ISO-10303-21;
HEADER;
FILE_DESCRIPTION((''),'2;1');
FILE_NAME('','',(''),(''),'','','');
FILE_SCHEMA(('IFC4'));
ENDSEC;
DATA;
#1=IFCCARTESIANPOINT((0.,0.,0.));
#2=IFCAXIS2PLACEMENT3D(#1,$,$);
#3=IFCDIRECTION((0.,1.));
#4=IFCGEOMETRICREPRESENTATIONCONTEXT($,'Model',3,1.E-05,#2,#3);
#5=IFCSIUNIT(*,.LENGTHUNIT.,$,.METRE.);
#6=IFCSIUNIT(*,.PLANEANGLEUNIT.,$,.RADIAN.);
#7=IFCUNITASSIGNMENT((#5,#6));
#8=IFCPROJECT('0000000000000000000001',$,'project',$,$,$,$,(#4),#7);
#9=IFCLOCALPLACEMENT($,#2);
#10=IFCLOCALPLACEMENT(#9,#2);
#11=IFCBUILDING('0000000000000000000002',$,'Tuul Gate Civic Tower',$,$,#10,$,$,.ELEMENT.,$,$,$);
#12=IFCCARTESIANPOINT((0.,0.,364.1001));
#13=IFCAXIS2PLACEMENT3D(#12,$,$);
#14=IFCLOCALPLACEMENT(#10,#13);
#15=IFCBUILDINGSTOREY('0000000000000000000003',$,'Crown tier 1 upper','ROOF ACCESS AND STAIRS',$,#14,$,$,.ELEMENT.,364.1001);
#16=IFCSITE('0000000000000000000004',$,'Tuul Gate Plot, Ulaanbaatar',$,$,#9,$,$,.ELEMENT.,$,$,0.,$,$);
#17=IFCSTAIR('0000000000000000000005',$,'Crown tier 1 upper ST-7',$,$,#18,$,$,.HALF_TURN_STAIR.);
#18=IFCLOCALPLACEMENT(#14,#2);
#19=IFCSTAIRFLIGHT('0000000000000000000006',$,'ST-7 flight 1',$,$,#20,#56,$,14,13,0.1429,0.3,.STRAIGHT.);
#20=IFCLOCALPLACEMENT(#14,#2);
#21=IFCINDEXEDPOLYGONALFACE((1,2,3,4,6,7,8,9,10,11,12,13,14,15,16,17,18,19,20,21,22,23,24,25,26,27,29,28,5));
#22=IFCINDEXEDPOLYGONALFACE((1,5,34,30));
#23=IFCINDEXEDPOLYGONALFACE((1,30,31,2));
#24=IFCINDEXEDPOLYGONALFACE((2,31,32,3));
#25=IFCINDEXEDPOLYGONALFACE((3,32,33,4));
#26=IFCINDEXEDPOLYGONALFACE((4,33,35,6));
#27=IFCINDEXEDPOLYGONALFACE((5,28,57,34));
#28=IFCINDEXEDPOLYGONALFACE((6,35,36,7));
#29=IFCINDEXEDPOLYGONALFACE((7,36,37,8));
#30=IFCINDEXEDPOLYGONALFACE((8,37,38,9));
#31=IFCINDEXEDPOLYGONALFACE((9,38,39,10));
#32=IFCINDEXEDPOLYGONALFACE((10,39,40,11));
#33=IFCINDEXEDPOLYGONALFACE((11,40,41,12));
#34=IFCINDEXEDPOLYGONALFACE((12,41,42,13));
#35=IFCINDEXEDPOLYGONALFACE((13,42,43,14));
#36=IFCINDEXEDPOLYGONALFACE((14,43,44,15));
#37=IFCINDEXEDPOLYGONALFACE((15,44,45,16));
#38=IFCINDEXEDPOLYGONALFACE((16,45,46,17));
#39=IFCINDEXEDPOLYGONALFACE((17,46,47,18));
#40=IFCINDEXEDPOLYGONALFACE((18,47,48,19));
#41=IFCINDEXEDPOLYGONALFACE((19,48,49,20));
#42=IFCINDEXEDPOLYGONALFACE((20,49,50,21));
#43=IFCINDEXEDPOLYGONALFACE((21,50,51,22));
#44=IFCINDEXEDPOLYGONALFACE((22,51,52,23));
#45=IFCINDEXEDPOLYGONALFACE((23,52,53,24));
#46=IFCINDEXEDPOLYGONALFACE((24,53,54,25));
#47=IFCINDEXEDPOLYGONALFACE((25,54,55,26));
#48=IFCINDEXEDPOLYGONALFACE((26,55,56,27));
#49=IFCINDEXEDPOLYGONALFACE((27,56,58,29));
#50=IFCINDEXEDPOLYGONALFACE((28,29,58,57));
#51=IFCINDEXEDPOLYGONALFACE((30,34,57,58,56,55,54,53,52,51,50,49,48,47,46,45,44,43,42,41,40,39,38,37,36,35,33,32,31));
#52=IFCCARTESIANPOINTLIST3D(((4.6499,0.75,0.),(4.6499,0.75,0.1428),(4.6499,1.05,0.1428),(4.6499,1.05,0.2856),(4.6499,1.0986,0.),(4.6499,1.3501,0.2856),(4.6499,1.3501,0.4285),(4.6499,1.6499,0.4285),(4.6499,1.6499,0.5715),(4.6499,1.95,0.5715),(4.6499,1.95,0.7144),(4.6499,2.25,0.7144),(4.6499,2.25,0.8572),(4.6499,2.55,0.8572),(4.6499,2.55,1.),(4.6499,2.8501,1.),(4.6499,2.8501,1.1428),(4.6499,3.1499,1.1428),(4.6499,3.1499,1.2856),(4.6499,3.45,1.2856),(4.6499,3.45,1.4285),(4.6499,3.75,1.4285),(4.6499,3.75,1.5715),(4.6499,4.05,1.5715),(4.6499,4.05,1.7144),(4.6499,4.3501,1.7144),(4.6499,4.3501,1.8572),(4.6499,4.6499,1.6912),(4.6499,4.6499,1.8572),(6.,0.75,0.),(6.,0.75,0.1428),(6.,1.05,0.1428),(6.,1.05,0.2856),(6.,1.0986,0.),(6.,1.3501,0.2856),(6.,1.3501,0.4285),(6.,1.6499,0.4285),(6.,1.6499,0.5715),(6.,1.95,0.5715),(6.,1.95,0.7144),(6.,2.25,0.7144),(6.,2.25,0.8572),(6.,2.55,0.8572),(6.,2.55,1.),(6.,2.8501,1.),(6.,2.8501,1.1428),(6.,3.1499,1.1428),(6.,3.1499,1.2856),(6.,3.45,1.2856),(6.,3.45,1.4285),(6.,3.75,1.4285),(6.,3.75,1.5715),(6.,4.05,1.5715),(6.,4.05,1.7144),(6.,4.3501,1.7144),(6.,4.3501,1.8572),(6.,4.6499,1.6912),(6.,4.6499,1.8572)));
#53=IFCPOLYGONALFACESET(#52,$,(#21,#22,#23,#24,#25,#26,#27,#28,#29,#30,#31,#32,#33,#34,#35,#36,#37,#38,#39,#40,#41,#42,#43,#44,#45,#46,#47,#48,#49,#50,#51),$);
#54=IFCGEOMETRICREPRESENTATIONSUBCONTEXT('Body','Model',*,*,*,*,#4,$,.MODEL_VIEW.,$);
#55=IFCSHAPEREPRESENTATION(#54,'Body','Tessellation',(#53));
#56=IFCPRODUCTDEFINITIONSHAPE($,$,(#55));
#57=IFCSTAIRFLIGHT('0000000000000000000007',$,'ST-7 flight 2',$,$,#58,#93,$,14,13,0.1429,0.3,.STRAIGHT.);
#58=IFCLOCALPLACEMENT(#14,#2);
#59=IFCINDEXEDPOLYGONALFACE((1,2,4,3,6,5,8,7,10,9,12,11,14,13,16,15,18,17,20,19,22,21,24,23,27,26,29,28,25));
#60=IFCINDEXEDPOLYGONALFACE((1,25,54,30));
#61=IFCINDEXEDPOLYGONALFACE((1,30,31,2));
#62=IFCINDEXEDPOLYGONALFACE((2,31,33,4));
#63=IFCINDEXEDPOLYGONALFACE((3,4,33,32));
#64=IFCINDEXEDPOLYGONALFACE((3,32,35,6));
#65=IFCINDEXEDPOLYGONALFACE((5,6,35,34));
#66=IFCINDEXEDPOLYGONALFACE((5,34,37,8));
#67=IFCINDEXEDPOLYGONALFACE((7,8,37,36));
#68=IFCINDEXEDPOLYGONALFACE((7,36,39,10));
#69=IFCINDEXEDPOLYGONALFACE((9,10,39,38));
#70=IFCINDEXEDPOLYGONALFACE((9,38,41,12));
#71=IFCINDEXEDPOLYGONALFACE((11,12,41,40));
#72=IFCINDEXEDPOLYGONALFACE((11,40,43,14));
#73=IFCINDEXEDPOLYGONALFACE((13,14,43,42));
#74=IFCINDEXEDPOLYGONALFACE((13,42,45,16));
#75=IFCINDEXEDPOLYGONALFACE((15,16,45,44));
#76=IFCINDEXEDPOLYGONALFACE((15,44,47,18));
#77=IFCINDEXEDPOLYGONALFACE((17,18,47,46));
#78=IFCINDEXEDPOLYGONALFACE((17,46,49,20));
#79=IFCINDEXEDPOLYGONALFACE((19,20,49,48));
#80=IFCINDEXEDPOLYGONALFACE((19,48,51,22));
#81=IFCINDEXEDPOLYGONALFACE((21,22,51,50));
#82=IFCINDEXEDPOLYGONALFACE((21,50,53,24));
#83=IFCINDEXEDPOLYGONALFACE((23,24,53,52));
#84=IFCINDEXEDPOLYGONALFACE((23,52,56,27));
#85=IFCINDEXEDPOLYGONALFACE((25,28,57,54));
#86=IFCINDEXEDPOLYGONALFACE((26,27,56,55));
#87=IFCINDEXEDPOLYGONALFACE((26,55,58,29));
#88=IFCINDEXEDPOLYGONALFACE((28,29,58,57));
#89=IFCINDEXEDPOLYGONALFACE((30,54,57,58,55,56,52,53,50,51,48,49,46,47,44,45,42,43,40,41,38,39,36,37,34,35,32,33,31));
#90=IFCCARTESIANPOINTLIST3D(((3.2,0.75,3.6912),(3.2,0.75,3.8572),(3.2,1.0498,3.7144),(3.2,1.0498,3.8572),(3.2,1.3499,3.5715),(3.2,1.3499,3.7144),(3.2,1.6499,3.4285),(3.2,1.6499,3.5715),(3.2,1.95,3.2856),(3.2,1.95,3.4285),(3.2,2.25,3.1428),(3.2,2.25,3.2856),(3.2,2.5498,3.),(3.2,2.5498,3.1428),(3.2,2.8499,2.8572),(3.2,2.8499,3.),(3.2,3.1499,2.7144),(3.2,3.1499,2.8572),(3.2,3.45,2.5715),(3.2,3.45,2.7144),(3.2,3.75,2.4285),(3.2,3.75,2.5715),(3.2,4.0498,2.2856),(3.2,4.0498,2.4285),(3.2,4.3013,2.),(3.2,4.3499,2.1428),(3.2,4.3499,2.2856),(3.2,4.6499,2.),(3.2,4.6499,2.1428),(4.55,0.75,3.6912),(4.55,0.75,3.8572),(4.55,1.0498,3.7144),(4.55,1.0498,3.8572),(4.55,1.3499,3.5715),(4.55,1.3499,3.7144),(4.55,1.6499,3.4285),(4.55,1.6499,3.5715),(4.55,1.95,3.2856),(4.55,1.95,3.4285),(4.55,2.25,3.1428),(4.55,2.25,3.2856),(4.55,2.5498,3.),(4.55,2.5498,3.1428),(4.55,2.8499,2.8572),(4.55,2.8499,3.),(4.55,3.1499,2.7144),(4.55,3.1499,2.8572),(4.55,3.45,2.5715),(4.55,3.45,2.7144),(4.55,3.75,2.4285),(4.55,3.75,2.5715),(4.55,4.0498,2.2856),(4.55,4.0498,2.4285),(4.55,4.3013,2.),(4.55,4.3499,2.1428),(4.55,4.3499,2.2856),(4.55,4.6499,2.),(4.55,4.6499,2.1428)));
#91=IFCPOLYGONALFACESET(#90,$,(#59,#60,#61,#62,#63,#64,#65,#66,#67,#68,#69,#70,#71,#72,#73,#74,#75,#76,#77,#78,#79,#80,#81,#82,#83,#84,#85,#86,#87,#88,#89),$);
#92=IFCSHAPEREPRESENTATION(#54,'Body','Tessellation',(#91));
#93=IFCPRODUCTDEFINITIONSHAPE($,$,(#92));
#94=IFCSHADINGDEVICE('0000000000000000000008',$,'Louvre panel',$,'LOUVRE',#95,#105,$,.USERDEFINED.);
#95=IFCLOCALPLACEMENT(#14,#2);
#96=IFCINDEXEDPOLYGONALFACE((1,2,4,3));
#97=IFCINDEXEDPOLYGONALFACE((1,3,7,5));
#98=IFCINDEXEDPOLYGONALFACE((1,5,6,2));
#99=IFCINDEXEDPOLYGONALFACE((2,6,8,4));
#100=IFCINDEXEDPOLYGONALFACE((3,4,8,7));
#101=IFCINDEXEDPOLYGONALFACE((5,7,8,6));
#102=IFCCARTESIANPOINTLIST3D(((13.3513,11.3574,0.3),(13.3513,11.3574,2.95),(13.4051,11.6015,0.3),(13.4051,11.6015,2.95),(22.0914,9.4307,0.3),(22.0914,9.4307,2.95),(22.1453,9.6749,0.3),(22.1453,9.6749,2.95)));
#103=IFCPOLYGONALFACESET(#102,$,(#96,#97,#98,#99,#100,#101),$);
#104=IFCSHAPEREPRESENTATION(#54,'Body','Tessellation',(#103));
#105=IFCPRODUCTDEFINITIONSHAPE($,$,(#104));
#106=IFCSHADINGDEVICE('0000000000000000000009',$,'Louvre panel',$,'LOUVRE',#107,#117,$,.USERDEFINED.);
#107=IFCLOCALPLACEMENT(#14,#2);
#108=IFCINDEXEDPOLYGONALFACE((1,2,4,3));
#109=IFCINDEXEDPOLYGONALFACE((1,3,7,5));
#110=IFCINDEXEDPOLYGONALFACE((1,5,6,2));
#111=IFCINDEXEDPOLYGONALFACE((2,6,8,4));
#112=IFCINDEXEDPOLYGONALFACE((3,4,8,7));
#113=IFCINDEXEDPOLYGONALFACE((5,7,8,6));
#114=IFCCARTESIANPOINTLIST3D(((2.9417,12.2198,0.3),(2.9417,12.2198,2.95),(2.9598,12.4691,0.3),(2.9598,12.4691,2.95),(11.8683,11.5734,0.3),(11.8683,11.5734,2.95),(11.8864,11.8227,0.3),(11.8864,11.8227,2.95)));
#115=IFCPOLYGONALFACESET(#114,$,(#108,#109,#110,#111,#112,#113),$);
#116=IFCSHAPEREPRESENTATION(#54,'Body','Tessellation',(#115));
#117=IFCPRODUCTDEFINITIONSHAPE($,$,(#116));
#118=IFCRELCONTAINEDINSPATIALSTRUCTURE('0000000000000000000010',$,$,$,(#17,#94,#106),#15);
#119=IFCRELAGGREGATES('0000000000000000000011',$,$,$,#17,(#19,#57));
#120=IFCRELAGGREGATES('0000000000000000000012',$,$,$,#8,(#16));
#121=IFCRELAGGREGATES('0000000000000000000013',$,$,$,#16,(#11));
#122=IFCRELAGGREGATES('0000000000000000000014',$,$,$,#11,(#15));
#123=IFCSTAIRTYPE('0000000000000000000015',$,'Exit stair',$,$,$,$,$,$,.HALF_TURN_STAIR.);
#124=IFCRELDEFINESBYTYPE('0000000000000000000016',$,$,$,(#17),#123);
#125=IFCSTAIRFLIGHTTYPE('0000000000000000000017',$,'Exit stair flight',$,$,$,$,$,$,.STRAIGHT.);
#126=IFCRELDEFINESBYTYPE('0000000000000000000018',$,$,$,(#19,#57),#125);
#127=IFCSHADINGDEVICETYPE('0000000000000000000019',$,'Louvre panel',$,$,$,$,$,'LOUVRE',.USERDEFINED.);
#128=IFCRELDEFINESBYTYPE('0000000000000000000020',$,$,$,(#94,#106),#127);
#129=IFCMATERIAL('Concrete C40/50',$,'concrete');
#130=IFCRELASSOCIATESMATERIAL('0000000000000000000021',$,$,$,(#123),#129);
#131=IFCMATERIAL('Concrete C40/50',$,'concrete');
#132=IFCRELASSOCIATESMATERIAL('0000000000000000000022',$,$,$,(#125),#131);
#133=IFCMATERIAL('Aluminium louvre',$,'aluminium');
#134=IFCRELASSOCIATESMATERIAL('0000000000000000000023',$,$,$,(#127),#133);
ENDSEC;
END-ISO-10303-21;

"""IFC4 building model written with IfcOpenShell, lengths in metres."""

from ifc_helpers import new_model, si_unit, direction, frame, origin, origin_2d, place, context, subcontext, project, spatial, polyline, rectangle, outline, extrude, material, type_object, element, aggregate, save


model = new_model("IFC4")

# Units and contexts
model_context = context("Model", 3, precision=1e-05, world=origin(), true_north=direction((0.0, 1.0)))
body_context = subcontext(model_context, "Body", "Model", "MODEL_VIEW")
ifc_project = project(units=[si_unit("LENGTHUNIT", "METRE"), si_unit("PLANEANGLEUNIT", "RADIAN")], contexts=[model_context])

# Site, building, storey
site_placement = place(None, origin())
site = spatial("IfcSite", under=ifc_project, at=site_placement, Name="Tuul Gate Plot, Ulaanbaatar", CompositionType="ELEMENT", RefElevation=0.0)
building_placement = place(site_placement, origin())
building = spatial("IfcBuilding", under=site, at=building_placement, Name="Tuul Gate Civic Tower", CompositionType="ELEMENT")
storey_placement = place(building_placement, frame((0.0, 0.0, 364.1001)))
storey = spatial("IfcBuildingStorey", under=building, at=storey_placement, Name="Crown tier 1 upper", Description="ROOF ACCESS AND STAIRS", CompositionType="ELEMENT", Elevation=364.1001)

# Stair, stair flights
ifc_material_1 = material(Name="Concrete C40/50", Category="concrete")
stair_type = type_object("IfcStairType", Name="Exit stair", PredefinedType="HALF_TURN_STAIR", material=ifc_material_1)
stair_placement = place(storey_placement, origin())
stair = element("IfcStair", 1, at=stair_placement, inside=storey, type_object=stair_type, Name="Crown tier 1 upper ST-7", PredefinedType="HALF_TURN_STAIR")
ifc_material_2 = material(Name="Concrete C40/50", Category="concrete")
stair_flight_type = type_object("IfcStairFlightType", Name="Exit stair flight", PredefinedType="STRAIGHT", material=ifc_material_2)
stair_flight_1_placement = place(storey_placement, frame((5.325, 0.75, 0.0), z_axis=(0.0, 0.0, 1.0), x_axis=(0.0, 1.0, 0.0)))
stair_flight_1 = element("IfcStairFlight", 2, at=stair_flight_1_placement, type_object=stair_flight_type, Name="ST-7 flight 1", NumberOfRisers=14, NumberOfTreads=13, PredefinedType="STRAIGHT", RiserHeight=0.1429, TreadLength=0.3, context=body_context, shape_type="SweptSolid", body=[
    extrude(outline(polyline([(0.0, 0.0), (0.0, 0.1428), (0.3, 0.1428), (0.3, 0.2856), (0.6001, 0.2856), (0.6001, 0.4285), (0.8999, 0.4285), (0.8999, 0.5715), (1.2, 0.5715), (1.2, 0.7144), (1.5, 0.7144), (1.5, 0.8572), (1.8, 0.8572), (1.8, 1.0), (2.1001, 1.0), (2.1001, 1.1428), (2.3999, 1.1428), (2.3999, 1.2856), (2.7, 1.2856), (2.7, 1.4285), (3.0, 1.4285), (3.0, 1.5715), (3.3, 1.5715), (3.3, 1.7144), (3.6001, 1.7144), (3.6001, 1.8572), (3.8999, 1.8572), (3.8999, 2.0), (3.8999, 1.6912), (0.3486, 0.0), (0.0, 0.0)])), frame((0.0, 0.675, 0.0), z_axis=(0.0, -1.0, 0.0), x_axis=(1.0, 0.0, 0.0)), (0.0, 0.0, 1.0), 1.3501),
])
stair_flight_2_placement = place(storey_placement, frame((3.875, 4.6499, 2.0), z_axis=(0.0, 0.0, 1.0), x_axis=(0.0, -1.0, 0.0)))
stair_flight_2 = element("IfcStairFlight", 3, at=stair_flight_2_placement, type_object=stair_flight_type, Name="ST-7 flight 2", NumberOfRisers=14, NumberOfTreads=13, PredefinedType="STRAIGHT", RiserHeight=0.1429, TreadLength=0.3, context=body_context, shape_type="SweptSolid", body=[
    extrude(outline(polyline([(0.0, 0.0), (0.0, 0.1428), (0.3, 0.1428), (0.3, 0.2856), (0.6001, 0.2856), (0.6001, 0.4285), (0.8999, 0.4285), (0.8999, 0.5715), (1.2, 0.5715), (1.2, 0.7144), (1.5, 0.7144), (1.5, 0.8572), (1.8, 0.8572), (1.8, 1.0), (2.1001, 1.0), (2.1001, 1.1428), (2.3999, 1.1428), (2.3999, 1.2856), (2.7, 1.2856), (2.7, 1.4285), (3.0, 1.4285), (3.0, 1.5715), (3.3, 1.5715), (3.3, 1.7144), (3.6001, 1.7144), (3.6001, 1.8572), (3.8999, 1.8572), (3.8999, 2.0), (3.8999, 1.6912), (0.3486, 0.0), (0.0, 0.0)])), frame((0.0, 0.675, 0.0), z_axis=(0.0, -1.0, 0.0), x_axis=(1.0, 0.0, 0.0)), (0.0, 0.0, 1.0), 1.3501),
])
aggregate(stair, [stair_flight_1, stair_flight_2])

# Shading devices
ifc_material_3 = material(Name="Aluminium louvre", Category="aluminium")
shading_device_type = type_object("IfcShadingDeviceType", Name="Louvre panel", ElementType="LOUVRE", PredefinedType="USERDEFINED", material=ifc_material_3)
for number, where, z_axis, x_axis, name in (
    (4, (17.7483, 10.5161, 0.3), (0.0, 0.0, 1.0), (0.215269, 0.976555, 0.0), "Louvre panel"),
    (5, (7.4141, 12.0212, 0.3), (0.0, 0.0, 1.0), (0.072226, 0.997388, 0.0), "Louvre panel"),
):
    element("IfcShadingDevice", number, at=place(storey_placement, frame(where, z_axis=z_axis, x_axis=x_axis)), inside=storey, type_object=shading_device_type, Name=name, ObjectType="LOUVRE", PredefinedType="USERDEFINED", context=body_context, shape_type="SweptSolid", body=[
        extrude(rectangle(XDim=0.25, YDim=8.95, at=origin_2d()), origin(), (0.0, 0.0, 1.0), 2.6499),
    ])

save(model, "model.ifc")
